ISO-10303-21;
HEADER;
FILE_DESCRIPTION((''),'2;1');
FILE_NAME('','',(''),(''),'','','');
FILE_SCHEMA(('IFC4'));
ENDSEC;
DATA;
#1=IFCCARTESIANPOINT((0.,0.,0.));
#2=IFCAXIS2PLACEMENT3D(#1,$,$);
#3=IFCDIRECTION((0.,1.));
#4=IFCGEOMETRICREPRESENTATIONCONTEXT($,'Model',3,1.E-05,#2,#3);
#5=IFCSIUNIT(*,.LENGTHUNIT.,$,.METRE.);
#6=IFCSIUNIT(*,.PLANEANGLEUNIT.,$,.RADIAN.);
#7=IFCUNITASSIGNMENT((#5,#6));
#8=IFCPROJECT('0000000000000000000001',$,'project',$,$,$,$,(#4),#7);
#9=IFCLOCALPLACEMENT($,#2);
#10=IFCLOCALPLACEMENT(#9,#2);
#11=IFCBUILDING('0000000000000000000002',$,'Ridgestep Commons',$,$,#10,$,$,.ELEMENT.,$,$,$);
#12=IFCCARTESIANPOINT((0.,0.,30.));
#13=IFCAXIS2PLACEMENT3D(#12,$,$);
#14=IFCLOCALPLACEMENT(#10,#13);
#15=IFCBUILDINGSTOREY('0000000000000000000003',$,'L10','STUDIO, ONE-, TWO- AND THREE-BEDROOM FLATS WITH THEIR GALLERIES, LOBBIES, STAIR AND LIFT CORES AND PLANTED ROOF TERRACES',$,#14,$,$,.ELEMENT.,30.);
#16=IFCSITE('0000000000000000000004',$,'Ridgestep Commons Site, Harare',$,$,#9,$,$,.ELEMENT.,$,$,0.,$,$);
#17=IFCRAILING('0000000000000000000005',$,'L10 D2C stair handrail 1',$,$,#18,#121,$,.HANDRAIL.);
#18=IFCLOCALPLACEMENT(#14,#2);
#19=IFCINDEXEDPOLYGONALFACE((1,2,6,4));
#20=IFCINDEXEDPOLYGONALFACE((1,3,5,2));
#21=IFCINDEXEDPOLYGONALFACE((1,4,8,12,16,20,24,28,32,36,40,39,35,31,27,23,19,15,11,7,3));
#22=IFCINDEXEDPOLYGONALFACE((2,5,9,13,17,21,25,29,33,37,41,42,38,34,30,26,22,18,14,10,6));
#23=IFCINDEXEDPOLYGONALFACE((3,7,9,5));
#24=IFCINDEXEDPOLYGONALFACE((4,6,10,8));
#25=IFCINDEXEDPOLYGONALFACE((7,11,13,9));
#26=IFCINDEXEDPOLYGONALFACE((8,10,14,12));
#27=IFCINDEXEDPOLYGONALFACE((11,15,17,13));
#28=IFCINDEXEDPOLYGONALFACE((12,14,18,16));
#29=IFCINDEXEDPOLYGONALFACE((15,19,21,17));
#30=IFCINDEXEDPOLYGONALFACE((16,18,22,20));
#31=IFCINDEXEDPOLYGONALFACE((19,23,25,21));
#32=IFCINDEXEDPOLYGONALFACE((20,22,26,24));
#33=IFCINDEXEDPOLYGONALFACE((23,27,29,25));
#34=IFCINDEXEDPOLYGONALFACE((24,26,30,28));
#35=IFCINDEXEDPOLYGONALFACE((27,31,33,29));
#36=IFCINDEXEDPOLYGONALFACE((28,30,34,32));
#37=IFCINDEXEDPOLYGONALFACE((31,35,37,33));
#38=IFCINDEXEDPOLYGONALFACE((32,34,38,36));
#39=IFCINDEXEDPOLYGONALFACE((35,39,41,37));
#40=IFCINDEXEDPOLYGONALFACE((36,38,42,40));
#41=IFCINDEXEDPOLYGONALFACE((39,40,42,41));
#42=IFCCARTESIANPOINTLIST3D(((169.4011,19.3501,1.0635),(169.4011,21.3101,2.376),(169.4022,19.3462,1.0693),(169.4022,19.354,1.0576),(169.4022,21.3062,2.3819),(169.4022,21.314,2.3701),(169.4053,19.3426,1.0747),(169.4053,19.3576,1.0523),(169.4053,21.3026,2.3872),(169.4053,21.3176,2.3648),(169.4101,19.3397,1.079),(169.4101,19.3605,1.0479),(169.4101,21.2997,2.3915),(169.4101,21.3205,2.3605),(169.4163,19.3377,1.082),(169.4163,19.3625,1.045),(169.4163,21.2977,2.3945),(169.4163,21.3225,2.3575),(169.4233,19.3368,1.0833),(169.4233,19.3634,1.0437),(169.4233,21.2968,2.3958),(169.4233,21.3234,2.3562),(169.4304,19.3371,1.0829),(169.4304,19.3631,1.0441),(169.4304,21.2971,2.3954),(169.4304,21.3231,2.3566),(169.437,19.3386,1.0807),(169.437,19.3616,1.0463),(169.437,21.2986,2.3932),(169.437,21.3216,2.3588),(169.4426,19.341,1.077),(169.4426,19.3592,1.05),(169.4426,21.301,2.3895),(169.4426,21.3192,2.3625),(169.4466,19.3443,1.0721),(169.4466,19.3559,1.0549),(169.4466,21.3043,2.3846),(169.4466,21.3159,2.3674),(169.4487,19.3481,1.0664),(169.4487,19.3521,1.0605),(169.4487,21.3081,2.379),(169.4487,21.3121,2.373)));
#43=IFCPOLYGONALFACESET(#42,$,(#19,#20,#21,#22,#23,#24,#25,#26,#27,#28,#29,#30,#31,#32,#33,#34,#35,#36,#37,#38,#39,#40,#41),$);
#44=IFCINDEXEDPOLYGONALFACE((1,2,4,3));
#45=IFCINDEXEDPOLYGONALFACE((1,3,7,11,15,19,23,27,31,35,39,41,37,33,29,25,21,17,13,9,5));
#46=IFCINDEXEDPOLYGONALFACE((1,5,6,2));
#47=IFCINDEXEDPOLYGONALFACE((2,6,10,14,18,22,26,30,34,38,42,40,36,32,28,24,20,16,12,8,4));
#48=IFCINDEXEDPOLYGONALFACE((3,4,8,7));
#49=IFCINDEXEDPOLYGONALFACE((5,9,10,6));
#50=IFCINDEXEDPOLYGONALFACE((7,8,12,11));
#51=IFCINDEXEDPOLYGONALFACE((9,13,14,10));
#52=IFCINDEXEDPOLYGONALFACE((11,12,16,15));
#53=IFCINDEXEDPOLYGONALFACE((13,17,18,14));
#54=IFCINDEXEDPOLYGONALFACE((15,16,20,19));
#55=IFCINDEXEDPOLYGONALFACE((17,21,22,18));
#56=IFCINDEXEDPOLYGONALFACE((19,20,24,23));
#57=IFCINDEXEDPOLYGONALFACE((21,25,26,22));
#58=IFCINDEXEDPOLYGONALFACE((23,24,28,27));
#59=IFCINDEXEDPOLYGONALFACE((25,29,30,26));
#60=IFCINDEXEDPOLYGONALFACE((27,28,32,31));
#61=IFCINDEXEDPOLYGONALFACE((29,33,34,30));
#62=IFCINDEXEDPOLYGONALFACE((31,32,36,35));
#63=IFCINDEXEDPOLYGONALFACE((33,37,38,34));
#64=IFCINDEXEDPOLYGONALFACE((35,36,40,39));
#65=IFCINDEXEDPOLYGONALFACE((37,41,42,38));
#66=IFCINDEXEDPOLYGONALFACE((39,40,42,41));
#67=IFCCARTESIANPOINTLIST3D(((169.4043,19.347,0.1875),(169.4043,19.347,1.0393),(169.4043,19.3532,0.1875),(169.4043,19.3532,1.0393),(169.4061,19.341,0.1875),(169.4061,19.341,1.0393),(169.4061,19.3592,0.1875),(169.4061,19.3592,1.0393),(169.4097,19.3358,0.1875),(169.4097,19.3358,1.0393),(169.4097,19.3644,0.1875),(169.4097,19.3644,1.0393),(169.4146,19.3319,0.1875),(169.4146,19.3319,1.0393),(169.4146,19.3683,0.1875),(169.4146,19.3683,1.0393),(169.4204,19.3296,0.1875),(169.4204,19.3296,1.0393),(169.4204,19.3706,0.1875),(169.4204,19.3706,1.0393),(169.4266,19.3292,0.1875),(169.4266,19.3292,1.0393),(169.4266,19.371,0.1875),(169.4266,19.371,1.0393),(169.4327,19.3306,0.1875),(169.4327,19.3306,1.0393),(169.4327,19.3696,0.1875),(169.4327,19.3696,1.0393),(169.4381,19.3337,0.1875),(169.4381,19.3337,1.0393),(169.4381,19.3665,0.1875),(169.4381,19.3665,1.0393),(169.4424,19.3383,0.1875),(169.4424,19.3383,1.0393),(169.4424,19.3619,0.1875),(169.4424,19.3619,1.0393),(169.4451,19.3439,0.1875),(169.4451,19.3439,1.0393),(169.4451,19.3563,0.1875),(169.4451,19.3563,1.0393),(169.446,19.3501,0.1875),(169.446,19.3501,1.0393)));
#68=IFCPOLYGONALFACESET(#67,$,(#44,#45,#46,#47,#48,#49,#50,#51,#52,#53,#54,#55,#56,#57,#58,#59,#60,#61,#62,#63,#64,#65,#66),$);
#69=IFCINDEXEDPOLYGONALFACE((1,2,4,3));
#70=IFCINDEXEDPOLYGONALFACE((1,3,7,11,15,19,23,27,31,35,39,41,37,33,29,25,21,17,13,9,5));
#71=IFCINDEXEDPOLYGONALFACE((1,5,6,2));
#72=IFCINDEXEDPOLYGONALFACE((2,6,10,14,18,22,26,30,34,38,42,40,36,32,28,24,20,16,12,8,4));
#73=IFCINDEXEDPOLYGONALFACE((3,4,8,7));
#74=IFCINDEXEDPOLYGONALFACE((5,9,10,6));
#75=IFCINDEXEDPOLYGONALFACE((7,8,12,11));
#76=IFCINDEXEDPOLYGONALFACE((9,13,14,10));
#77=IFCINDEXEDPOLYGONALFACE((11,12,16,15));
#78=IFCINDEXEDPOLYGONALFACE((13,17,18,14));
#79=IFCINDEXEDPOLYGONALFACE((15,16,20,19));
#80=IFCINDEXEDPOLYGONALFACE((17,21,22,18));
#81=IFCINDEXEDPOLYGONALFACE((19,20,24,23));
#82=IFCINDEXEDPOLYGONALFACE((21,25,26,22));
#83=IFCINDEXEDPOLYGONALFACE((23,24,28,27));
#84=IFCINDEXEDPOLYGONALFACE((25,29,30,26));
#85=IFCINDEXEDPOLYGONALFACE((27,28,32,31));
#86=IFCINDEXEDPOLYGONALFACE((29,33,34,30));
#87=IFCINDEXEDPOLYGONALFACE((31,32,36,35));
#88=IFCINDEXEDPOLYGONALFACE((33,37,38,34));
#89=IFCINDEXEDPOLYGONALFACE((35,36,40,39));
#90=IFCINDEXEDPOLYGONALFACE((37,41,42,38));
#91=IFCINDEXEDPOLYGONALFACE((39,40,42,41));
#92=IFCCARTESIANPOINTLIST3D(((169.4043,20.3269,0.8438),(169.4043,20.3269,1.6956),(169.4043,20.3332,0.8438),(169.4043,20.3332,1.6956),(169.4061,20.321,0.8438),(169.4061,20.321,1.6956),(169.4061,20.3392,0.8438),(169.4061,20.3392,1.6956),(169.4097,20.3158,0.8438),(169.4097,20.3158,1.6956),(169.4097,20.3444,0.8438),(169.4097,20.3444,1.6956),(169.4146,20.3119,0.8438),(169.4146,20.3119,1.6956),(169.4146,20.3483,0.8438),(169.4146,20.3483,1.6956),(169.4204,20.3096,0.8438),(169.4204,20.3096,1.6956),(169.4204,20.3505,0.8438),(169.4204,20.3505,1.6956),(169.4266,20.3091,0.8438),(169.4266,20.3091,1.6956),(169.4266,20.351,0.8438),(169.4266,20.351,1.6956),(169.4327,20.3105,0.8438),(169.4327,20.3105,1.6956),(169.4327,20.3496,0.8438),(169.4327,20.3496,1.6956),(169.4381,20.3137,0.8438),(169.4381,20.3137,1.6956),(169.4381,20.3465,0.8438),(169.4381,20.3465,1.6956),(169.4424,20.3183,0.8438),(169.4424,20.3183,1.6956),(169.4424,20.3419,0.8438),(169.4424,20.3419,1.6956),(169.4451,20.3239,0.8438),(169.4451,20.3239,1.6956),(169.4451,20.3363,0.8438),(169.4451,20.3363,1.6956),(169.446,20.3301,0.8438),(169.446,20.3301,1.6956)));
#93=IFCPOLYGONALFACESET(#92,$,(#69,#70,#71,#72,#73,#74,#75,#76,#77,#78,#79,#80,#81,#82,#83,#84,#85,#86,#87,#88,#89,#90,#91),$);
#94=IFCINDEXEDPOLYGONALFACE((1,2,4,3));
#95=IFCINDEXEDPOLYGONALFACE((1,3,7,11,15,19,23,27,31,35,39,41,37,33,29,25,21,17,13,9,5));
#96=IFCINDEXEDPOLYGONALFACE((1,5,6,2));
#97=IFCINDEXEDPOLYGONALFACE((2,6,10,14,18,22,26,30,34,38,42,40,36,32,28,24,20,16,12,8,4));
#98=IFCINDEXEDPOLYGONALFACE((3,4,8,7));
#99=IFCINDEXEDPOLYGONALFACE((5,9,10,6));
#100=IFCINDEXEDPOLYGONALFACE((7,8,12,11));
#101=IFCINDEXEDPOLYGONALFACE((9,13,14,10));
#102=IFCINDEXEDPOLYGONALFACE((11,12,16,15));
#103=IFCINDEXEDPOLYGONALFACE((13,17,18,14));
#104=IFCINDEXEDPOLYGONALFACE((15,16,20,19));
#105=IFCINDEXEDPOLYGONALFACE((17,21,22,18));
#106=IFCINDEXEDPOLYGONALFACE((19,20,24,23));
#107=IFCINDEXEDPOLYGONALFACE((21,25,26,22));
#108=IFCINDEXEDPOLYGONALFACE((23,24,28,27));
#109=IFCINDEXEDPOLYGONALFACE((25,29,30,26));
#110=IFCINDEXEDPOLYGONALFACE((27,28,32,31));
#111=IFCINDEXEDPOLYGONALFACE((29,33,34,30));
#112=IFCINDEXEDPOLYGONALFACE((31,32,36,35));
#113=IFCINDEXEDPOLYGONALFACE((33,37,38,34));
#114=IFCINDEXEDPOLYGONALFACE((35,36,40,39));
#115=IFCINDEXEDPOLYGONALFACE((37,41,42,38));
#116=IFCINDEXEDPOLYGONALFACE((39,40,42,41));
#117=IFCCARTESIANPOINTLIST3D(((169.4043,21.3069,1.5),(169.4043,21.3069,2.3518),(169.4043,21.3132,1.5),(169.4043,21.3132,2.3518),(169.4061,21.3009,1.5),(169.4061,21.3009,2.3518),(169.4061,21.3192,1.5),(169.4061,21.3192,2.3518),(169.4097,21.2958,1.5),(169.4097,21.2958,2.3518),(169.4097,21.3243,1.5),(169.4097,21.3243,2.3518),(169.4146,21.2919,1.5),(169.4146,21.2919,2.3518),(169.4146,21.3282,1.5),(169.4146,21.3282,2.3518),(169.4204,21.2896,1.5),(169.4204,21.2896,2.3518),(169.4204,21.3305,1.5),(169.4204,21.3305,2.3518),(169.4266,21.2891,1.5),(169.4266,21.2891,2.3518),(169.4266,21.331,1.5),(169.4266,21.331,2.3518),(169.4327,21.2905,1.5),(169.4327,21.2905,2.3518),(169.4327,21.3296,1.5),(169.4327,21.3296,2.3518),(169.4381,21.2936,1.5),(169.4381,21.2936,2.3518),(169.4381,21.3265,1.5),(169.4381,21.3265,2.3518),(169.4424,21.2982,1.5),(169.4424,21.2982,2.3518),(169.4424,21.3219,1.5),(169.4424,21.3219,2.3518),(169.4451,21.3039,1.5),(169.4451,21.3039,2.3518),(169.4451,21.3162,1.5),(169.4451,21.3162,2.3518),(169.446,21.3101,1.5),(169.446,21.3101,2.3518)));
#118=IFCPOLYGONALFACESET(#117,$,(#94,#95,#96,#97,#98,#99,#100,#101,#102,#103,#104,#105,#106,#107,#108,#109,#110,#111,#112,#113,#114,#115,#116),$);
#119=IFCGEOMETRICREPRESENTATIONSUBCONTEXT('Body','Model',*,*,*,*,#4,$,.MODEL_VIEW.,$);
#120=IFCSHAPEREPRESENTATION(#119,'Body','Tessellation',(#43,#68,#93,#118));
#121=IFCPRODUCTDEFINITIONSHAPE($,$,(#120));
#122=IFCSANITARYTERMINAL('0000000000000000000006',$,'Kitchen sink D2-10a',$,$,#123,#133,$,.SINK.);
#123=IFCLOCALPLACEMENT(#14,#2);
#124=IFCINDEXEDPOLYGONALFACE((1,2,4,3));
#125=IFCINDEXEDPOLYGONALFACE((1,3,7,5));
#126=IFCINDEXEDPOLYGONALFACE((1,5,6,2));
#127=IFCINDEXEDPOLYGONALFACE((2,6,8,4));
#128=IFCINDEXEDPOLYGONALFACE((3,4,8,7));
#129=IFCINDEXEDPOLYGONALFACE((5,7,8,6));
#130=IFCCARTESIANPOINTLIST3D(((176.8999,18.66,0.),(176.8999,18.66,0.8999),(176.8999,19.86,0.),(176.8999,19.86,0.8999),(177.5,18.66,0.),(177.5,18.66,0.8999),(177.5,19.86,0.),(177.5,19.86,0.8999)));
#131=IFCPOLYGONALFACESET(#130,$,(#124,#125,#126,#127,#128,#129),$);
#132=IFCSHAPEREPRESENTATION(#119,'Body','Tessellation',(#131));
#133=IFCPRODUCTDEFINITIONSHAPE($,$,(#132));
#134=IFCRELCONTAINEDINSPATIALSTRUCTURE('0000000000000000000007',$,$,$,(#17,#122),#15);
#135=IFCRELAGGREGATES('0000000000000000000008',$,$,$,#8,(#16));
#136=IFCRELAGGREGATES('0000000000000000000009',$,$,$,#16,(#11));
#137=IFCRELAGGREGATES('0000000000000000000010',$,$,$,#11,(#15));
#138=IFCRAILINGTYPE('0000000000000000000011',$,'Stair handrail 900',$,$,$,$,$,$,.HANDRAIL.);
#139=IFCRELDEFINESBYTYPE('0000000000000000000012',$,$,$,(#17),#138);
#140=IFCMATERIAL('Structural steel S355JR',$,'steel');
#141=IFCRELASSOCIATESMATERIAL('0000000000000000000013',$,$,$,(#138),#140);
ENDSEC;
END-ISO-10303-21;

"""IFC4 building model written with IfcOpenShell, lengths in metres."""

from ifc_helpers import new_model, si_unit, direction, frame, origin, origin_2d, place, context, subcontext, project, spatial, rectangle, circle, extrude, material, type_object, element, save


model = new_model("IFC4")

# Units and contexts
model_context = context("Model", 3, precision=1e-05, world=origin(), true_north=direction((0.0, 1.0)))
body_context = subcontext(model_context, "Body", "Model", "MODEL_VIEW")
ifc_project = project(units=[si_unit("LENGTHUNIT", "METRE"), si_unit("PLANEANGLEUNIT", "RADIAN")], contexts=[model_context])

# Site, building, storey
site_placement = place(None, origin())
site = spatial("IfcSite", under=ifc_project, at=site_placement, Name="Ridgestep Commons Site, Harare", CompositionType="ELEMENT", RefElevation=0.0)
building_placement = place(site_placement, origin())
building = spatial("IfcBuilding", under=site, at=building_placement, Name="Ridgestep Commons", CompositionType="ELEMENT")
storey_placement = place(building_placement, frame((0.0, 0.0, 30.0)))
storey = spatial("IfcBuildingStorey", under=building, at=storey_placement, Name="L10", Description="STUDIO, ONE-, TWO- AND THREE-BEDROOM FLATS WITH THEIR GALLERIES, LOBBIES, STAIR AND LIFT CORES AND PLANTED ROOF TERRACES", CompositionType="ELEMENT", Elevation=30.0)

# Railing
ifc_material_1 = material(Name="Structural steel S355JR", Category="steel")
railing_type_1 = type_object("IfcRailingType", Name="Stair handrail 900", PredefinedType="HANDRAIL", material=ifc_material_1)
railing_1_placement = place(storey_placement, frame((169.425, 19.3501, 0.1875)))
element("IfcRailing", 1, at=railing_1_placement, inside=storey, type_object=railing_type_1, Name="L10 D2C stair handrail 1", PredefinedType="HANDRAIL", context=body_context, shape_type="SweptSolid", body=[
    extrude(circle(Radius=0.0239, at=origin_2d()), frame((0.0, 0.0, 0.876), z_axis=(0.0, 0.830902, 0.556419), x_axis=(-1.0, 0.0, 0.0)), (0.0, 0.0, 1.0), 2.3589),
    extrude(circle(Radius=0.021, at=origin_2d()), origin(), (0.0, 0.0, 1.0), 0.8518),
    extrude(circle(Radius=0.021, at=origin_2d()), frame((0.0, 0.98, 0.6562)), (0.0, 0.0, 1.0), 0.8518),
    extrude(circle(Radius=0.021, at=origin_2d()), frame((0.0, 1.96, 1.3125)), (0.0, 0.0, 1.0), 0.8518),
])

# Sanitary terminal
sanitary_terminal_placement = place(storey_placement, frame((177.2, 19.26, 0.0), z_axis=(0.0, 0.0, 1.0), x_axis=(1.0, 0.0, 0.0)))
element("IfcSanitaryTerminal", 2, at=sanitary_terminal_placement, inside=storey, Name="Kitchen sink D2-10a", PredefinedType="SINK", context=body_context, shape_type="SweptSolid", body=[
    extrude(rectangle(XDim=0.6001, YDim=1.2, at=origin_2d()), origin(), (0.0, 0.0, 1.0), 0.8999),
])

save(model, "model.ifc")
